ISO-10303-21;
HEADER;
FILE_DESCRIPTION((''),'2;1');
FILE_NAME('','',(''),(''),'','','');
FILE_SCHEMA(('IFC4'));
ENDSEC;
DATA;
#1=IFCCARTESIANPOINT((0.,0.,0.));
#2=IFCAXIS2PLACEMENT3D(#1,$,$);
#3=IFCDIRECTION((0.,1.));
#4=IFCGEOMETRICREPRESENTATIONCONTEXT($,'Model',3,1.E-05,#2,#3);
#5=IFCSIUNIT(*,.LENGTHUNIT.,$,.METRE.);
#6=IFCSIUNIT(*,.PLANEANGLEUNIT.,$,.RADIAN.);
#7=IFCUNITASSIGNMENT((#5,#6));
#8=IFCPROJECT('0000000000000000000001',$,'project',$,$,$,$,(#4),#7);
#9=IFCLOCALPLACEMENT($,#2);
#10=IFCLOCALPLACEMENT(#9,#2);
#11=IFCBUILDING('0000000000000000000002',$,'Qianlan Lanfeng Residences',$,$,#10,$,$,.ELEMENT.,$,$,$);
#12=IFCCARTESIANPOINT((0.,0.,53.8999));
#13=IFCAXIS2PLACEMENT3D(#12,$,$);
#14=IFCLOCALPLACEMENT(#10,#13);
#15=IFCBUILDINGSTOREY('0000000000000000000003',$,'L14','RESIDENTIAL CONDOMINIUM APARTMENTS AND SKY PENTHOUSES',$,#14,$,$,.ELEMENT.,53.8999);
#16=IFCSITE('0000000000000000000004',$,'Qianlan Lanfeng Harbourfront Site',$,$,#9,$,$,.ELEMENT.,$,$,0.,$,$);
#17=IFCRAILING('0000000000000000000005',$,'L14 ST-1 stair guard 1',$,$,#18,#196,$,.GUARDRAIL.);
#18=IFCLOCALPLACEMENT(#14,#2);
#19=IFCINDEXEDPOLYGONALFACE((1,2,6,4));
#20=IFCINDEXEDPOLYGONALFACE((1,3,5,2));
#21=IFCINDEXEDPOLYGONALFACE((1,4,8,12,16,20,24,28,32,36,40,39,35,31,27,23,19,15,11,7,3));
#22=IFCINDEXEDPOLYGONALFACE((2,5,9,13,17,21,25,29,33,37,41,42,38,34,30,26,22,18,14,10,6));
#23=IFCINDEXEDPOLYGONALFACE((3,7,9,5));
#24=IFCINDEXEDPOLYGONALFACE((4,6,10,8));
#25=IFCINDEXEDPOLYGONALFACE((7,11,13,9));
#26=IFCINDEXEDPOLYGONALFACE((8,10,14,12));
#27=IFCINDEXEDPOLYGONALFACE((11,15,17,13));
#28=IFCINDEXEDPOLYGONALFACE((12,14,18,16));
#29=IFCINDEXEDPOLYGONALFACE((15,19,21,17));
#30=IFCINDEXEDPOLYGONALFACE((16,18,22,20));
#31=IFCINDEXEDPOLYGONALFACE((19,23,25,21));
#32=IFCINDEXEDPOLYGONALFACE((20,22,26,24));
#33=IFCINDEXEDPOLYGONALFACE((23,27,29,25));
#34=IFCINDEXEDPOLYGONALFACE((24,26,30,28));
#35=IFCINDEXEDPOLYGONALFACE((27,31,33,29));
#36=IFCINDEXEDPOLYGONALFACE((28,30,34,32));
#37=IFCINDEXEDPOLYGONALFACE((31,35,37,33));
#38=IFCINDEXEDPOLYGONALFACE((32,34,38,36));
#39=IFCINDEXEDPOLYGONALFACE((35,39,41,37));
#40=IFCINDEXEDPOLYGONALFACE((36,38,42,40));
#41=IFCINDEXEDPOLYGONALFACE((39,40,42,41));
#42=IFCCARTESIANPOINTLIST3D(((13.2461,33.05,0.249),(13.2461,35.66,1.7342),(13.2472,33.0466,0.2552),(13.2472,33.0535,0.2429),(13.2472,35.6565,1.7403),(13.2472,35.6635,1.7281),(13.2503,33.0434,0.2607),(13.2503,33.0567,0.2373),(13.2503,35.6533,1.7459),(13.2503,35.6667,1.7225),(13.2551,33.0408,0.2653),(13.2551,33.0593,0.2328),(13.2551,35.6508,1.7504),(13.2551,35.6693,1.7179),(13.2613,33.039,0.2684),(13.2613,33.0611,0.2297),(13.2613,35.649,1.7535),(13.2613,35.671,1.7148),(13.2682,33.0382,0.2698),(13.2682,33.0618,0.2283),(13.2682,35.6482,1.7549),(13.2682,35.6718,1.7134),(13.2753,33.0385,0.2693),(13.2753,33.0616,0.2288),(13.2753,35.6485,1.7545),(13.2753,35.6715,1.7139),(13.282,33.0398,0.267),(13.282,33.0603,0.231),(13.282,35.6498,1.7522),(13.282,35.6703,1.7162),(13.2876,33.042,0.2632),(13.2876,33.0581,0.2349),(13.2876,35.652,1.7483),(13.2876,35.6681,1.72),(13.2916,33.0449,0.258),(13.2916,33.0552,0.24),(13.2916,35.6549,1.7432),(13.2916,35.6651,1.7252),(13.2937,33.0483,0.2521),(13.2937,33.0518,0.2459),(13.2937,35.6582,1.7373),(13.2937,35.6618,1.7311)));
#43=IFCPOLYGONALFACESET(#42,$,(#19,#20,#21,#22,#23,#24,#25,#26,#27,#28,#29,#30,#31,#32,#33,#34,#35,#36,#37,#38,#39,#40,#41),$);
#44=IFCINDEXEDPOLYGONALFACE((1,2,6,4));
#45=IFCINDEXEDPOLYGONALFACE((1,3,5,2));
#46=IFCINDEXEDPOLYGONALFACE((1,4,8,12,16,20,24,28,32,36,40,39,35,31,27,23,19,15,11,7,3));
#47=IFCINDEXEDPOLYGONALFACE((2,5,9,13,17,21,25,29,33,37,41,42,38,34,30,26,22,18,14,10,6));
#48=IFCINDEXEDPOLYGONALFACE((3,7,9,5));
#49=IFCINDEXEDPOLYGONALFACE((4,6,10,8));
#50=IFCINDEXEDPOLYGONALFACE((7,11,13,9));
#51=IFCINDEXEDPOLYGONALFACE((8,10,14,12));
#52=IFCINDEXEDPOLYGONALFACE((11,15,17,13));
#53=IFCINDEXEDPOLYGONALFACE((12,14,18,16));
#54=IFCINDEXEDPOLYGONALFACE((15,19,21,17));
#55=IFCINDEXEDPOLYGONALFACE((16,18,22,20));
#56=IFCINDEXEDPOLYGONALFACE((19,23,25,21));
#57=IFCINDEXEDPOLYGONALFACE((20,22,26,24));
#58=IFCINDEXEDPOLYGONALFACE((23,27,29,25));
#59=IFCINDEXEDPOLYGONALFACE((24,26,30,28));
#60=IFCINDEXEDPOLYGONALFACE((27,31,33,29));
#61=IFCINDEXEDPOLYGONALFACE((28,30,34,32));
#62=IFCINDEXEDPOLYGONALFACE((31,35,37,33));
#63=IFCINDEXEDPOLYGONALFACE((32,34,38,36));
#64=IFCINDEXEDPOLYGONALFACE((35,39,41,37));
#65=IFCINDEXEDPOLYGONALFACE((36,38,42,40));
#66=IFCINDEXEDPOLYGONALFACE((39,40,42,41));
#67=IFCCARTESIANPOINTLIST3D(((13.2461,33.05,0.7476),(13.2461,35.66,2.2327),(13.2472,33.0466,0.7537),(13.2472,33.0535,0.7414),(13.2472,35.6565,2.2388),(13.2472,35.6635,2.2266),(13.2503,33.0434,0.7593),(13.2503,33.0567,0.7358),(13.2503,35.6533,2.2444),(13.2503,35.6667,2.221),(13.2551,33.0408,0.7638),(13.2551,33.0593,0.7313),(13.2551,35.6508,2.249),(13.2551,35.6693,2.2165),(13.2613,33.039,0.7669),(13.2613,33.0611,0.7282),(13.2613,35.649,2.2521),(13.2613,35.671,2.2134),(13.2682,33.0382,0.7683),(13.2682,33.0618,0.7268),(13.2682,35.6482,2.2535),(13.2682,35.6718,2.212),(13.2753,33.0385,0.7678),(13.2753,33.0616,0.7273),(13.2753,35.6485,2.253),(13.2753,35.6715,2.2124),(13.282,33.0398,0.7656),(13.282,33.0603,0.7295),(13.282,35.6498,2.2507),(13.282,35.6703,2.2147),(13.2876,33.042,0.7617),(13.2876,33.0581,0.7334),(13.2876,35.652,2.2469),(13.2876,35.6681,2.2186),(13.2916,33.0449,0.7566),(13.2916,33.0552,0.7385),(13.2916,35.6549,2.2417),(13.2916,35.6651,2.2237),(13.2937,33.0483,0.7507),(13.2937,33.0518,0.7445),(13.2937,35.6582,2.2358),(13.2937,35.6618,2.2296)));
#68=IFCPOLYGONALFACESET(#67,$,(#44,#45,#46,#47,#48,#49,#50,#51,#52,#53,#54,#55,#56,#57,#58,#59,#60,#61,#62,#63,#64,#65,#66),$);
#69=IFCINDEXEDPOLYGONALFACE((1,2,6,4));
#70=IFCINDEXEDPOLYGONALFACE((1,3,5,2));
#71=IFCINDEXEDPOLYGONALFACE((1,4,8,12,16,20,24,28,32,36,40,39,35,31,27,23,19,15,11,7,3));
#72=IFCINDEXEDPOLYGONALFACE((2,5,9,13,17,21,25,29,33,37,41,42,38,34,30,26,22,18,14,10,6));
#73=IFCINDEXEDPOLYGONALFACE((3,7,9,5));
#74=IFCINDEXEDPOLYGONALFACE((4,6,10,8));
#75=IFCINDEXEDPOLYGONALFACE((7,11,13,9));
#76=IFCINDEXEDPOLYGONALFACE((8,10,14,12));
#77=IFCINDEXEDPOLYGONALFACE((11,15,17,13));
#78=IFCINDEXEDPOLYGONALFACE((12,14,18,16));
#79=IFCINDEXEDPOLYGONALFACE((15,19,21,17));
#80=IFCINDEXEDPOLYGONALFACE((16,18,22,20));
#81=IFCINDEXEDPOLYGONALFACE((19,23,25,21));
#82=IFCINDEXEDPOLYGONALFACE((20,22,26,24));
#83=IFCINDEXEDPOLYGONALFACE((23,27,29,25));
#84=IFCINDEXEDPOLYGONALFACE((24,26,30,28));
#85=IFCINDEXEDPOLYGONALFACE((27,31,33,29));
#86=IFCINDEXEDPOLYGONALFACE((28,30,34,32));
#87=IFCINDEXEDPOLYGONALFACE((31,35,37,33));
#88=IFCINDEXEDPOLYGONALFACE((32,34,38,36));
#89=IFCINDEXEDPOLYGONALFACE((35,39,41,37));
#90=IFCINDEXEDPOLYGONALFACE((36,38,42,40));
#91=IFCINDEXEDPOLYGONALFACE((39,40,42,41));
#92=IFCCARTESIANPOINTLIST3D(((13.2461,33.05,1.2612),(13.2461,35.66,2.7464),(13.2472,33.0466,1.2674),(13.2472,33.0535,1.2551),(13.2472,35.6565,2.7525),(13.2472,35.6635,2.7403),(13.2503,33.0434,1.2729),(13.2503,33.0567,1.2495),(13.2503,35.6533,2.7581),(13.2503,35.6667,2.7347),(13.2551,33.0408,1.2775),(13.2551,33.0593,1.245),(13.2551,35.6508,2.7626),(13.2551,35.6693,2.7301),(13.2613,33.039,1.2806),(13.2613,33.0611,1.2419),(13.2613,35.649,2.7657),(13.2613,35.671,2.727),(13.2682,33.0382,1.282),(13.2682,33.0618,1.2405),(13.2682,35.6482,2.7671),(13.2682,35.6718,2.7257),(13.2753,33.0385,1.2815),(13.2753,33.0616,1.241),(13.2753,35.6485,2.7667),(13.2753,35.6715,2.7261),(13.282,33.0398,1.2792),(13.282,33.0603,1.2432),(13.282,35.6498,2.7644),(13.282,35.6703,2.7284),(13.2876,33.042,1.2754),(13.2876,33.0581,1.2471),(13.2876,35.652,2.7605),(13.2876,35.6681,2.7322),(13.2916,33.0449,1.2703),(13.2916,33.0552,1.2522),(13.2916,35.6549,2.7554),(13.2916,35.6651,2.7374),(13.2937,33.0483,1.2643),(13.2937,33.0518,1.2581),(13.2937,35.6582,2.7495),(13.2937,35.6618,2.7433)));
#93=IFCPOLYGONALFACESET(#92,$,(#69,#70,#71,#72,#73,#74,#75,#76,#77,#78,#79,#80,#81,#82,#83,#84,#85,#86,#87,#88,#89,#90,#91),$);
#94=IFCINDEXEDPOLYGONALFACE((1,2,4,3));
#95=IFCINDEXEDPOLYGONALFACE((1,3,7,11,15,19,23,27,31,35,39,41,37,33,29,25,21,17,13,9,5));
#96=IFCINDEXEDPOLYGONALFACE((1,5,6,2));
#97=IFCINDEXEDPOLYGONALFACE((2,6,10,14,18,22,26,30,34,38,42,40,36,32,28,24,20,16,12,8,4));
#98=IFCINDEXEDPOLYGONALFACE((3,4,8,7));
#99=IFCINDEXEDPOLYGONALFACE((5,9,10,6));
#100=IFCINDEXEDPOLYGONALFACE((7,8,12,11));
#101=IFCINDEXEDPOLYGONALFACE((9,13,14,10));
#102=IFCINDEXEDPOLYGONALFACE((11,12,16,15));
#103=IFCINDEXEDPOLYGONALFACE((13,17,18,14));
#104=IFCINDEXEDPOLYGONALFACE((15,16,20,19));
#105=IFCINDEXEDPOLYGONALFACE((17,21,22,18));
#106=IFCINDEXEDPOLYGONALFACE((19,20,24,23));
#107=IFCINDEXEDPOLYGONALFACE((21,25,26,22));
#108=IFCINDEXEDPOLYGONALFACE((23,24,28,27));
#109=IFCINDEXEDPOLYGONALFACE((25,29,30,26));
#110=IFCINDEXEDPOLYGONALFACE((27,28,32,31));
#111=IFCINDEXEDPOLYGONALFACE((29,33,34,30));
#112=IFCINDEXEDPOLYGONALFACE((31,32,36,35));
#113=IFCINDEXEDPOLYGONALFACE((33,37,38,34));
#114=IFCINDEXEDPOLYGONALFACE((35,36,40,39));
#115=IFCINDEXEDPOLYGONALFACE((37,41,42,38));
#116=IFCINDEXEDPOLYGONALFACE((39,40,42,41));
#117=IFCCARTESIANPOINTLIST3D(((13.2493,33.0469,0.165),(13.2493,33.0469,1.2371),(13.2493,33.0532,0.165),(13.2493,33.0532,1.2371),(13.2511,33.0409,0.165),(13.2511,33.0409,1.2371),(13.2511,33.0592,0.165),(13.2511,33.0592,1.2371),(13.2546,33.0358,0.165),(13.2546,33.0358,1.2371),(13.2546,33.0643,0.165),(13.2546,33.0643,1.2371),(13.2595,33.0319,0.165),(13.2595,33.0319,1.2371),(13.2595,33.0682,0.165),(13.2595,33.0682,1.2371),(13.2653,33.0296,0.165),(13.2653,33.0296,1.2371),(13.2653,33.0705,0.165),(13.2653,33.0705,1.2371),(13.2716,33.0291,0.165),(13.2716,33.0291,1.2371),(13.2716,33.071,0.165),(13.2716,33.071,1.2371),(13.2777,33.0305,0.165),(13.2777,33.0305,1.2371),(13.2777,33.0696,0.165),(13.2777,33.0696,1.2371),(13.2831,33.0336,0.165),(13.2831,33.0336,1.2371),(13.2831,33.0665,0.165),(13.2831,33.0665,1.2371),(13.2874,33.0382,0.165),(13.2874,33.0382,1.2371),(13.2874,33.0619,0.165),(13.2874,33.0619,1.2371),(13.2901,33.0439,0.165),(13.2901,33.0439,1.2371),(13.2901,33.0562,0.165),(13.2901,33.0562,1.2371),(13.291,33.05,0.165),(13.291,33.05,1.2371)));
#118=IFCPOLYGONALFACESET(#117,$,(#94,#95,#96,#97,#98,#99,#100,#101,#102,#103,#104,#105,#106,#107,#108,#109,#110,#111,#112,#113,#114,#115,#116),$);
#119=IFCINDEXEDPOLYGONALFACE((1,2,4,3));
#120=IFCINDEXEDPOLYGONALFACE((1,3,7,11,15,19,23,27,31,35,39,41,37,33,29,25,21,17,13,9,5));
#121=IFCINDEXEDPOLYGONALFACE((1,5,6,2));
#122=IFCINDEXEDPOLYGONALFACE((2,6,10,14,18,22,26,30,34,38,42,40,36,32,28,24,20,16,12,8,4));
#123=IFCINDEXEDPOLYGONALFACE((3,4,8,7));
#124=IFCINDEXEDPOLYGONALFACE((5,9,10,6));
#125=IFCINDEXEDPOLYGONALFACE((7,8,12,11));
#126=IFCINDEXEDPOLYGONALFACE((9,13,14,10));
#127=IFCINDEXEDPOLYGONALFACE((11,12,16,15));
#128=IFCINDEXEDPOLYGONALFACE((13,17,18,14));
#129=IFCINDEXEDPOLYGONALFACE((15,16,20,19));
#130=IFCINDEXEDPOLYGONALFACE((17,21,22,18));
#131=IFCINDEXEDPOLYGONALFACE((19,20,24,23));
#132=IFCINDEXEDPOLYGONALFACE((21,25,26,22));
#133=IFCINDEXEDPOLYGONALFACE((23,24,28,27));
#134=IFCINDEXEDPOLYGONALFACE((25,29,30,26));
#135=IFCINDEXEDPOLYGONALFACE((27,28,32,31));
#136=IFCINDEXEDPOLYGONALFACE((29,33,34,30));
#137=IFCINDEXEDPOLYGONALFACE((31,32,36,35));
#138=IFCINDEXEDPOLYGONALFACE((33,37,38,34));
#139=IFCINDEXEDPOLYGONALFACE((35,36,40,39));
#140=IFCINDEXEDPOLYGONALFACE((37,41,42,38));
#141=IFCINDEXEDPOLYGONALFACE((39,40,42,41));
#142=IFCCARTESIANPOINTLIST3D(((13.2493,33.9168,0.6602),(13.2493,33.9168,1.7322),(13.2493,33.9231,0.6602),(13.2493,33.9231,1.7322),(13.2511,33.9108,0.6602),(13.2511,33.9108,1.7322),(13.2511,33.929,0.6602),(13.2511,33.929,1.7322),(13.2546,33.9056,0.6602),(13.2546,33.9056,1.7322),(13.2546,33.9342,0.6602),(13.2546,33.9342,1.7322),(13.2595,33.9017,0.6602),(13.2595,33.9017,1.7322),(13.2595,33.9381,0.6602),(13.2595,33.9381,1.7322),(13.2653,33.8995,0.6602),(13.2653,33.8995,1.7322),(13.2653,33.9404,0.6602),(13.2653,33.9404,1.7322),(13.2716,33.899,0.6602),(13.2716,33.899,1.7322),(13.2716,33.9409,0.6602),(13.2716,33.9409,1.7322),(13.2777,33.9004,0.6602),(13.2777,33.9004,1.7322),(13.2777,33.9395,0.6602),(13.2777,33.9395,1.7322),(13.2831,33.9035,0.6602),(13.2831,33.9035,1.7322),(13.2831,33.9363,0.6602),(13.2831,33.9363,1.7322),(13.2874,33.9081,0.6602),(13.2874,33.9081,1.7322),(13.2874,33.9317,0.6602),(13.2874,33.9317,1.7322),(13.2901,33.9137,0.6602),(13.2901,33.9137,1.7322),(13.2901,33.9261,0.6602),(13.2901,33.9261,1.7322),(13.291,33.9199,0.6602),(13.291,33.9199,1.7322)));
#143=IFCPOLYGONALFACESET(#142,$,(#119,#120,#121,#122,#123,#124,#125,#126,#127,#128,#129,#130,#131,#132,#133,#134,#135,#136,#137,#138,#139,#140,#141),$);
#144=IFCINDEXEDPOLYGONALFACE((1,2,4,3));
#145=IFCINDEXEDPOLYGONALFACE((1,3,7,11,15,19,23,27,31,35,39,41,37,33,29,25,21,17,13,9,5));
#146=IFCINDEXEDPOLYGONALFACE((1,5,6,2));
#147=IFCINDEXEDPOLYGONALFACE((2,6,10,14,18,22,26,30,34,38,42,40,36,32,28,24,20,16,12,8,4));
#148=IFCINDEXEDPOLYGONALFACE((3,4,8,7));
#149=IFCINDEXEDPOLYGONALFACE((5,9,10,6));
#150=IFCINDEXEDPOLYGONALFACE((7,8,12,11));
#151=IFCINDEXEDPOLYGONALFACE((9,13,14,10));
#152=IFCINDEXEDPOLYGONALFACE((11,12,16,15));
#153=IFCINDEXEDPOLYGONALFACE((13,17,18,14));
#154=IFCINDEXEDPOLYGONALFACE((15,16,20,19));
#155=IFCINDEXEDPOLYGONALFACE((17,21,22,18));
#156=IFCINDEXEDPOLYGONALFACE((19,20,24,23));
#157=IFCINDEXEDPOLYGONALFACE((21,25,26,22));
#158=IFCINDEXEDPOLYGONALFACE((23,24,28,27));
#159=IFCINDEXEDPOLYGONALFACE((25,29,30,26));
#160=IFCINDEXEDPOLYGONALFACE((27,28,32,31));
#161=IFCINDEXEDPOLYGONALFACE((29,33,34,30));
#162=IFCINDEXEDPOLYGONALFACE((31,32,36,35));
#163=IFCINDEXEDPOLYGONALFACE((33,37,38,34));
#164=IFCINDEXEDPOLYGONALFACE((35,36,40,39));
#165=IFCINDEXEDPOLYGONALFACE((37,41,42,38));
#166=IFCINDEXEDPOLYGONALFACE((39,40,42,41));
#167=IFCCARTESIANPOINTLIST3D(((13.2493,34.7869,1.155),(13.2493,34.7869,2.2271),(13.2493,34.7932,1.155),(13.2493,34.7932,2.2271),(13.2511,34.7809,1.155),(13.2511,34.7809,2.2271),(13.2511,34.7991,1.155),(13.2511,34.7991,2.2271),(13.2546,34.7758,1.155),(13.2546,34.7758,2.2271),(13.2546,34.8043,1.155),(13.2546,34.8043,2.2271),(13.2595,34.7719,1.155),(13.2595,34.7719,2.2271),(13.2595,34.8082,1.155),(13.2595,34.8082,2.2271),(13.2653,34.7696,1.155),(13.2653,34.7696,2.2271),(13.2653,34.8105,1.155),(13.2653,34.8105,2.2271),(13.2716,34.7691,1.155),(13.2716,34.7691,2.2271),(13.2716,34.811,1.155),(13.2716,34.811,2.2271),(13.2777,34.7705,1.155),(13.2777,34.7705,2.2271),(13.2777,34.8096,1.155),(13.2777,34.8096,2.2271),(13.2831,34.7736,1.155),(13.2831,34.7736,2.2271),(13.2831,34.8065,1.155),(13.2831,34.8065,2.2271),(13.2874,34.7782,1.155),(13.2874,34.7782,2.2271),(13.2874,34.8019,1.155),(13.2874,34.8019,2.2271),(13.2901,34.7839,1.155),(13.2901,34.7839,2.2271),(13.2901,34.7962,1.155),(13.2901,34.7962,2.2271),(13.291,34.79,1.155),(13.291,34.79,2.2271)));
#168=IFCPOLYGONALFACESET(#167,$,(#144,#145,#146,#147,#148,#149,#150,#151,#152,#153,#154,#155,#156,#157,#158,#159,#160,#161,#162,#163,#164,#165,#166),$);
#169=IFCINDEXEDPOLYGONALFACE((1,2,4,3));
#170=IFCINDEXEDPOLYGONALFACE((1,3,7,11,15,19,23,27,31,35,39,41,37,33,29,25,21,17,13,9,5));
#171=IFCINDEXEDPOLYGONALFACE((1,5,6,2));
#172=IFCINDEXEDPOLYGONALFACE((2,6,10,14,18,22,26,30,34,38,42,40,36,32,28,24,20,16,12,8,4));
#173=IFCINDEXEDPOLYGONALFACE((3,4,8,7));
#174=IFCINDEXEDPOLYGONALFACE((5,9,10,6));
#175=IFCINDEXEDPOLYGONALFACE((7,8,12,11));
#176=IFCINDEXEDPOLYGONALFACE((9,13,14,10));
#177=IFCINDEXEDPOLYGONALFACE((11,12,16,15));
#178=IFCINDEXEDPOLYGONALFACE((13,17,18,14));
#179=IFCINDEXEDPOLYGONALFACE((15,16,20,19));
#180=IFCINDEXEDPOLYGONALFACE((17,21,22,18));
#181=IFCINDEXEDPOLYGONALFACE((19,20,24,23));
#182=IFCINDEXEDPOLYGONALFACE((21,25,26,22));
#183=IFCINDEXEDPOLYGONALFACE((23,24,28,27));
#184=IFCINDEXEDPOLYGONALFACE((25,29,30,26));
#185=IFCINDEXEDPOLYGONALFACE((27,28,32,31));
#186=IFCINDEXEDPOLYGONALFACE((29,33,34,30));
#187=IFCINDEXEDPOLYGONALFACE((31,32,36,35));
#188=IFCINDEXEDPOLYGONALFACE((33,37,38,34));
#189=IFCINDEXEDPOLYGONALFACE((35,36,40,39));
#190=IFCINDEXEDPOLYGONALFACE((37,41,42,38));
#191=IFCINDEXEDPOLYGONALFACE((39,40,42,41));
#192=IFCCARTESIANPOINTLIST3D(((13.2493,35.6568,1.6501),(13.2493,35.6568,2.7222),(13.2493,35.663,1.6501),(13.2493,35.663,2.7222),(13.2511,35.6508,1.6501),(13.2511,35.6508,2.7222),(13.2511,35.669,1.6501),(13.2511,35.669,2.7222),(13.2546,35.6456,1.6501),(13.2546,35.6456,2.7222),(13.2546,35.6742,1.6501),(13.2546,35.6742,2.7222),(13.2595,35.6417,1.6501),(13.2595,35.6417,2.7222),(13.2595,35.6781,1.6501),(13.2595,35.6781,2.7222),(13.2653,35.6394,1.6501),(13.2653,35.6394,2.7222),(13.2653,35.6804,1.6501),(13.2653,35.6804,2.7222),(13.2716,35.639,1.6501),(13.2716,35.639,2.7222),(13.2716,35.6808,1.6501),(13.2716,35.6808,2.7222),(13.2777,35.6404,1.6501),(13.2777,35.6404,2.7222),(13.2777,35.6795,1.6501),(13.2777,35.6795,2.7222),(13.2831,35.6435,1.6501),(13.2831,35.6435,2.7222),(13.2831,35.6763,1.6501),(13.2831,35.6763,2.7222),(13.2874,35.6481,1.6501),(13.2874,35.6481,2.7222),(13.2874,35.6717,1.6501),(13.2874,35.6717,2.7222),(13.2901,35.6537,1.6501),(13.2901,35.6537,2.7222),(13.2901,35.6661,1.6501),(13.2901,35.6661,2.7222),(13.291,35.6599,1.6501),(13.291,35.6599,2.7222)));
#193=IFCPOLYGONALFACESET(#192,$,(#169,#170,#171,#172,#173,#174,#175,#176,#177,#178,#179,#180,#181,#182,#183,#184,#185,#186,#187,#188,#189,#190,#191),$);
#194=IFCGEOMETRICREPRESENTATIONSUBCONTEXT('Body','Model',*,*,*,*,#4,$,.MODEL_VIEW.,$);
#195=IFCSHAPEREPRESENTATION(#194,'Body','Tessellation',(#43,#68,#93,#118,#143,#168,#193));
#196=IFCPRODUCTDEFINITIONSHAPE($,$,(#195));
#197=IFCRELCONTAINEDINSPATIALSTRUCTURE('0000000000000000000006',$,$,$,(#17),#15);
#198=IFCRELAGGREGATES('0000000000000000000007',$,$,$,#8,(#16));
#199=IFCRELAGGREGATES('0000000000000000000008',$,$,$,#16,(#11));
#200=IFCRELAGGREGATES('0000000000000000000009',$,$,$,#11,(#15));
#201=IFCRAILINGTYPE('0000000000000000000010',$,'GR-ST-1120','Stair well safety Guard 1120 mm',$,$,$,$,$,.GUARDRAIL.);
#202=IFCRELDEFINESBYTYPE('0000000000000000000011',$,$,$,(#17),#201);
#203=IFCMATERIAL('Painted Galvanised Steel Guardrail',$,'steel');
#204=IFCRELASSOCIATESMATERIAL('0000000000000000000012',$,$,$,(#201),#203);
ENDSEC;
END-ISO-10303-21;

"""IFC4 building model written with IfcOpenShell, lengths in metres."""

from ifc_helpers import new_model, si_unit, direction, frame, origin, origin_2d, place, context, subcontext, project, spatial, circle, extrude, material, type_object, element, save


model = new_model("IFC4")

# Units and contexts
model_context = context("Model", 3, precision=1e-05, world=origin(), true_north=direction((0.0, 1.0)))
body_context = subcontext(model_context, "Body", "Model", "MODEL_VIEW")
ifc_project = project(units=[si_unit("LENGTHUNIT", "METRE"), si_unit("PLANEANGLEUNIT", "RADIAN")], contexts=[model_context])

# Site, building, storey
site_placement = place(None, origin())
site = spatial("IfcSite", under=ifc_project, at=site_placement, Name="Qianlan Lanfeng Harbourfront Site", CompositionType="ELEMENT", RefElevation=0.0)
building_placement = place(site_placement, origin())
building = spatial("IfcBuilding", under=site, at=building_placement, Name="Qianlan Lanfeng Residences", CompositionType="ELEMENT")
storey_placement = place(building_placement, frame((0.0, 0.0, 53.8999)))
storey = spatial("IfcBuildingStorey", under=building, at=storey_placement, Name="L14", Description="RESIDENTIAL CONDOMINIUM APARTMENTS AND SKY PENTHOUSES", CompositionType="ELEMENT", Elevation=53.8999)

# Railing
ifc_material_1 = material(Name="Painted Galvanised Steel Guardrail", Category="steel")
railing_type_1 = type_object("IfcRailingType", Name="GR-ST-1120", Description="Stair well safety Guard 1120 mm", PredefinedType="GUARDRAIL", material=ifc_material_1)
railing_1_placement = place(storey_placement, frame((13.27, 33.05, 0.165)))
element("IfcRailing", 1, at=railing_1_placement, inside=storey, type_object=railing_type_1, Name="L14 ST-1 stair guard 1", PredefinedType="GUARDRAIL", context=body_context, shape_type="SweptSolid", body=[
    extrude(circle(Radius=0.0239, at=origin_2d()), frame((0.0, 0.0, 0.084), z_axis=(0.0, 0.869137, 0.494571), x_axis=(-1.0, 0.0, 0.0)), (0.0, 0.0, 1.0), 3.0029),
    extrude(circle(Radius=0.0239, at=origin_2d()), frame((0.0, 0.0, 0.5825), z_axis=(0.0, 0.869137, 0.494571), x_axis=(-1.0, 0.0, 0.0)), (0.0, 0.0, 1.0), 3.0029),
    extrude(circle(Radius=0.0239, at=origin_2d()), frame((0.0, 0.0, 1.0962), z_axis=(0.0, 0.869137, 0.494571), x_axis=(-1.0, 0.0, 0.0)), (0.0, 0.0, 1.0), 3.0029),
    extrude(circle(Radius=0.021, at=origin_2d()), origin(), (0.0, 0.0, 1.0), 1.072),
    extrude(circle(Radius=0.021, at=origin_2d()), frame((0.0, 0.8699, 0.4951)), (0.0, 0.0, 1.0), 1.072),
    extrude(circle(Radius=0.021, at=origin_2d()), frame((0.0, 1.74, 0.99)), (0.0, 0.0, 1.0), 1.072),
    extrude(circle(Radius=0.021, at=origin_2d()), frame((0.0, 2.6099, 1.4851)), (0.0, 0.0, 1.0), 1.072),
])

save(model, "model.ifc")
